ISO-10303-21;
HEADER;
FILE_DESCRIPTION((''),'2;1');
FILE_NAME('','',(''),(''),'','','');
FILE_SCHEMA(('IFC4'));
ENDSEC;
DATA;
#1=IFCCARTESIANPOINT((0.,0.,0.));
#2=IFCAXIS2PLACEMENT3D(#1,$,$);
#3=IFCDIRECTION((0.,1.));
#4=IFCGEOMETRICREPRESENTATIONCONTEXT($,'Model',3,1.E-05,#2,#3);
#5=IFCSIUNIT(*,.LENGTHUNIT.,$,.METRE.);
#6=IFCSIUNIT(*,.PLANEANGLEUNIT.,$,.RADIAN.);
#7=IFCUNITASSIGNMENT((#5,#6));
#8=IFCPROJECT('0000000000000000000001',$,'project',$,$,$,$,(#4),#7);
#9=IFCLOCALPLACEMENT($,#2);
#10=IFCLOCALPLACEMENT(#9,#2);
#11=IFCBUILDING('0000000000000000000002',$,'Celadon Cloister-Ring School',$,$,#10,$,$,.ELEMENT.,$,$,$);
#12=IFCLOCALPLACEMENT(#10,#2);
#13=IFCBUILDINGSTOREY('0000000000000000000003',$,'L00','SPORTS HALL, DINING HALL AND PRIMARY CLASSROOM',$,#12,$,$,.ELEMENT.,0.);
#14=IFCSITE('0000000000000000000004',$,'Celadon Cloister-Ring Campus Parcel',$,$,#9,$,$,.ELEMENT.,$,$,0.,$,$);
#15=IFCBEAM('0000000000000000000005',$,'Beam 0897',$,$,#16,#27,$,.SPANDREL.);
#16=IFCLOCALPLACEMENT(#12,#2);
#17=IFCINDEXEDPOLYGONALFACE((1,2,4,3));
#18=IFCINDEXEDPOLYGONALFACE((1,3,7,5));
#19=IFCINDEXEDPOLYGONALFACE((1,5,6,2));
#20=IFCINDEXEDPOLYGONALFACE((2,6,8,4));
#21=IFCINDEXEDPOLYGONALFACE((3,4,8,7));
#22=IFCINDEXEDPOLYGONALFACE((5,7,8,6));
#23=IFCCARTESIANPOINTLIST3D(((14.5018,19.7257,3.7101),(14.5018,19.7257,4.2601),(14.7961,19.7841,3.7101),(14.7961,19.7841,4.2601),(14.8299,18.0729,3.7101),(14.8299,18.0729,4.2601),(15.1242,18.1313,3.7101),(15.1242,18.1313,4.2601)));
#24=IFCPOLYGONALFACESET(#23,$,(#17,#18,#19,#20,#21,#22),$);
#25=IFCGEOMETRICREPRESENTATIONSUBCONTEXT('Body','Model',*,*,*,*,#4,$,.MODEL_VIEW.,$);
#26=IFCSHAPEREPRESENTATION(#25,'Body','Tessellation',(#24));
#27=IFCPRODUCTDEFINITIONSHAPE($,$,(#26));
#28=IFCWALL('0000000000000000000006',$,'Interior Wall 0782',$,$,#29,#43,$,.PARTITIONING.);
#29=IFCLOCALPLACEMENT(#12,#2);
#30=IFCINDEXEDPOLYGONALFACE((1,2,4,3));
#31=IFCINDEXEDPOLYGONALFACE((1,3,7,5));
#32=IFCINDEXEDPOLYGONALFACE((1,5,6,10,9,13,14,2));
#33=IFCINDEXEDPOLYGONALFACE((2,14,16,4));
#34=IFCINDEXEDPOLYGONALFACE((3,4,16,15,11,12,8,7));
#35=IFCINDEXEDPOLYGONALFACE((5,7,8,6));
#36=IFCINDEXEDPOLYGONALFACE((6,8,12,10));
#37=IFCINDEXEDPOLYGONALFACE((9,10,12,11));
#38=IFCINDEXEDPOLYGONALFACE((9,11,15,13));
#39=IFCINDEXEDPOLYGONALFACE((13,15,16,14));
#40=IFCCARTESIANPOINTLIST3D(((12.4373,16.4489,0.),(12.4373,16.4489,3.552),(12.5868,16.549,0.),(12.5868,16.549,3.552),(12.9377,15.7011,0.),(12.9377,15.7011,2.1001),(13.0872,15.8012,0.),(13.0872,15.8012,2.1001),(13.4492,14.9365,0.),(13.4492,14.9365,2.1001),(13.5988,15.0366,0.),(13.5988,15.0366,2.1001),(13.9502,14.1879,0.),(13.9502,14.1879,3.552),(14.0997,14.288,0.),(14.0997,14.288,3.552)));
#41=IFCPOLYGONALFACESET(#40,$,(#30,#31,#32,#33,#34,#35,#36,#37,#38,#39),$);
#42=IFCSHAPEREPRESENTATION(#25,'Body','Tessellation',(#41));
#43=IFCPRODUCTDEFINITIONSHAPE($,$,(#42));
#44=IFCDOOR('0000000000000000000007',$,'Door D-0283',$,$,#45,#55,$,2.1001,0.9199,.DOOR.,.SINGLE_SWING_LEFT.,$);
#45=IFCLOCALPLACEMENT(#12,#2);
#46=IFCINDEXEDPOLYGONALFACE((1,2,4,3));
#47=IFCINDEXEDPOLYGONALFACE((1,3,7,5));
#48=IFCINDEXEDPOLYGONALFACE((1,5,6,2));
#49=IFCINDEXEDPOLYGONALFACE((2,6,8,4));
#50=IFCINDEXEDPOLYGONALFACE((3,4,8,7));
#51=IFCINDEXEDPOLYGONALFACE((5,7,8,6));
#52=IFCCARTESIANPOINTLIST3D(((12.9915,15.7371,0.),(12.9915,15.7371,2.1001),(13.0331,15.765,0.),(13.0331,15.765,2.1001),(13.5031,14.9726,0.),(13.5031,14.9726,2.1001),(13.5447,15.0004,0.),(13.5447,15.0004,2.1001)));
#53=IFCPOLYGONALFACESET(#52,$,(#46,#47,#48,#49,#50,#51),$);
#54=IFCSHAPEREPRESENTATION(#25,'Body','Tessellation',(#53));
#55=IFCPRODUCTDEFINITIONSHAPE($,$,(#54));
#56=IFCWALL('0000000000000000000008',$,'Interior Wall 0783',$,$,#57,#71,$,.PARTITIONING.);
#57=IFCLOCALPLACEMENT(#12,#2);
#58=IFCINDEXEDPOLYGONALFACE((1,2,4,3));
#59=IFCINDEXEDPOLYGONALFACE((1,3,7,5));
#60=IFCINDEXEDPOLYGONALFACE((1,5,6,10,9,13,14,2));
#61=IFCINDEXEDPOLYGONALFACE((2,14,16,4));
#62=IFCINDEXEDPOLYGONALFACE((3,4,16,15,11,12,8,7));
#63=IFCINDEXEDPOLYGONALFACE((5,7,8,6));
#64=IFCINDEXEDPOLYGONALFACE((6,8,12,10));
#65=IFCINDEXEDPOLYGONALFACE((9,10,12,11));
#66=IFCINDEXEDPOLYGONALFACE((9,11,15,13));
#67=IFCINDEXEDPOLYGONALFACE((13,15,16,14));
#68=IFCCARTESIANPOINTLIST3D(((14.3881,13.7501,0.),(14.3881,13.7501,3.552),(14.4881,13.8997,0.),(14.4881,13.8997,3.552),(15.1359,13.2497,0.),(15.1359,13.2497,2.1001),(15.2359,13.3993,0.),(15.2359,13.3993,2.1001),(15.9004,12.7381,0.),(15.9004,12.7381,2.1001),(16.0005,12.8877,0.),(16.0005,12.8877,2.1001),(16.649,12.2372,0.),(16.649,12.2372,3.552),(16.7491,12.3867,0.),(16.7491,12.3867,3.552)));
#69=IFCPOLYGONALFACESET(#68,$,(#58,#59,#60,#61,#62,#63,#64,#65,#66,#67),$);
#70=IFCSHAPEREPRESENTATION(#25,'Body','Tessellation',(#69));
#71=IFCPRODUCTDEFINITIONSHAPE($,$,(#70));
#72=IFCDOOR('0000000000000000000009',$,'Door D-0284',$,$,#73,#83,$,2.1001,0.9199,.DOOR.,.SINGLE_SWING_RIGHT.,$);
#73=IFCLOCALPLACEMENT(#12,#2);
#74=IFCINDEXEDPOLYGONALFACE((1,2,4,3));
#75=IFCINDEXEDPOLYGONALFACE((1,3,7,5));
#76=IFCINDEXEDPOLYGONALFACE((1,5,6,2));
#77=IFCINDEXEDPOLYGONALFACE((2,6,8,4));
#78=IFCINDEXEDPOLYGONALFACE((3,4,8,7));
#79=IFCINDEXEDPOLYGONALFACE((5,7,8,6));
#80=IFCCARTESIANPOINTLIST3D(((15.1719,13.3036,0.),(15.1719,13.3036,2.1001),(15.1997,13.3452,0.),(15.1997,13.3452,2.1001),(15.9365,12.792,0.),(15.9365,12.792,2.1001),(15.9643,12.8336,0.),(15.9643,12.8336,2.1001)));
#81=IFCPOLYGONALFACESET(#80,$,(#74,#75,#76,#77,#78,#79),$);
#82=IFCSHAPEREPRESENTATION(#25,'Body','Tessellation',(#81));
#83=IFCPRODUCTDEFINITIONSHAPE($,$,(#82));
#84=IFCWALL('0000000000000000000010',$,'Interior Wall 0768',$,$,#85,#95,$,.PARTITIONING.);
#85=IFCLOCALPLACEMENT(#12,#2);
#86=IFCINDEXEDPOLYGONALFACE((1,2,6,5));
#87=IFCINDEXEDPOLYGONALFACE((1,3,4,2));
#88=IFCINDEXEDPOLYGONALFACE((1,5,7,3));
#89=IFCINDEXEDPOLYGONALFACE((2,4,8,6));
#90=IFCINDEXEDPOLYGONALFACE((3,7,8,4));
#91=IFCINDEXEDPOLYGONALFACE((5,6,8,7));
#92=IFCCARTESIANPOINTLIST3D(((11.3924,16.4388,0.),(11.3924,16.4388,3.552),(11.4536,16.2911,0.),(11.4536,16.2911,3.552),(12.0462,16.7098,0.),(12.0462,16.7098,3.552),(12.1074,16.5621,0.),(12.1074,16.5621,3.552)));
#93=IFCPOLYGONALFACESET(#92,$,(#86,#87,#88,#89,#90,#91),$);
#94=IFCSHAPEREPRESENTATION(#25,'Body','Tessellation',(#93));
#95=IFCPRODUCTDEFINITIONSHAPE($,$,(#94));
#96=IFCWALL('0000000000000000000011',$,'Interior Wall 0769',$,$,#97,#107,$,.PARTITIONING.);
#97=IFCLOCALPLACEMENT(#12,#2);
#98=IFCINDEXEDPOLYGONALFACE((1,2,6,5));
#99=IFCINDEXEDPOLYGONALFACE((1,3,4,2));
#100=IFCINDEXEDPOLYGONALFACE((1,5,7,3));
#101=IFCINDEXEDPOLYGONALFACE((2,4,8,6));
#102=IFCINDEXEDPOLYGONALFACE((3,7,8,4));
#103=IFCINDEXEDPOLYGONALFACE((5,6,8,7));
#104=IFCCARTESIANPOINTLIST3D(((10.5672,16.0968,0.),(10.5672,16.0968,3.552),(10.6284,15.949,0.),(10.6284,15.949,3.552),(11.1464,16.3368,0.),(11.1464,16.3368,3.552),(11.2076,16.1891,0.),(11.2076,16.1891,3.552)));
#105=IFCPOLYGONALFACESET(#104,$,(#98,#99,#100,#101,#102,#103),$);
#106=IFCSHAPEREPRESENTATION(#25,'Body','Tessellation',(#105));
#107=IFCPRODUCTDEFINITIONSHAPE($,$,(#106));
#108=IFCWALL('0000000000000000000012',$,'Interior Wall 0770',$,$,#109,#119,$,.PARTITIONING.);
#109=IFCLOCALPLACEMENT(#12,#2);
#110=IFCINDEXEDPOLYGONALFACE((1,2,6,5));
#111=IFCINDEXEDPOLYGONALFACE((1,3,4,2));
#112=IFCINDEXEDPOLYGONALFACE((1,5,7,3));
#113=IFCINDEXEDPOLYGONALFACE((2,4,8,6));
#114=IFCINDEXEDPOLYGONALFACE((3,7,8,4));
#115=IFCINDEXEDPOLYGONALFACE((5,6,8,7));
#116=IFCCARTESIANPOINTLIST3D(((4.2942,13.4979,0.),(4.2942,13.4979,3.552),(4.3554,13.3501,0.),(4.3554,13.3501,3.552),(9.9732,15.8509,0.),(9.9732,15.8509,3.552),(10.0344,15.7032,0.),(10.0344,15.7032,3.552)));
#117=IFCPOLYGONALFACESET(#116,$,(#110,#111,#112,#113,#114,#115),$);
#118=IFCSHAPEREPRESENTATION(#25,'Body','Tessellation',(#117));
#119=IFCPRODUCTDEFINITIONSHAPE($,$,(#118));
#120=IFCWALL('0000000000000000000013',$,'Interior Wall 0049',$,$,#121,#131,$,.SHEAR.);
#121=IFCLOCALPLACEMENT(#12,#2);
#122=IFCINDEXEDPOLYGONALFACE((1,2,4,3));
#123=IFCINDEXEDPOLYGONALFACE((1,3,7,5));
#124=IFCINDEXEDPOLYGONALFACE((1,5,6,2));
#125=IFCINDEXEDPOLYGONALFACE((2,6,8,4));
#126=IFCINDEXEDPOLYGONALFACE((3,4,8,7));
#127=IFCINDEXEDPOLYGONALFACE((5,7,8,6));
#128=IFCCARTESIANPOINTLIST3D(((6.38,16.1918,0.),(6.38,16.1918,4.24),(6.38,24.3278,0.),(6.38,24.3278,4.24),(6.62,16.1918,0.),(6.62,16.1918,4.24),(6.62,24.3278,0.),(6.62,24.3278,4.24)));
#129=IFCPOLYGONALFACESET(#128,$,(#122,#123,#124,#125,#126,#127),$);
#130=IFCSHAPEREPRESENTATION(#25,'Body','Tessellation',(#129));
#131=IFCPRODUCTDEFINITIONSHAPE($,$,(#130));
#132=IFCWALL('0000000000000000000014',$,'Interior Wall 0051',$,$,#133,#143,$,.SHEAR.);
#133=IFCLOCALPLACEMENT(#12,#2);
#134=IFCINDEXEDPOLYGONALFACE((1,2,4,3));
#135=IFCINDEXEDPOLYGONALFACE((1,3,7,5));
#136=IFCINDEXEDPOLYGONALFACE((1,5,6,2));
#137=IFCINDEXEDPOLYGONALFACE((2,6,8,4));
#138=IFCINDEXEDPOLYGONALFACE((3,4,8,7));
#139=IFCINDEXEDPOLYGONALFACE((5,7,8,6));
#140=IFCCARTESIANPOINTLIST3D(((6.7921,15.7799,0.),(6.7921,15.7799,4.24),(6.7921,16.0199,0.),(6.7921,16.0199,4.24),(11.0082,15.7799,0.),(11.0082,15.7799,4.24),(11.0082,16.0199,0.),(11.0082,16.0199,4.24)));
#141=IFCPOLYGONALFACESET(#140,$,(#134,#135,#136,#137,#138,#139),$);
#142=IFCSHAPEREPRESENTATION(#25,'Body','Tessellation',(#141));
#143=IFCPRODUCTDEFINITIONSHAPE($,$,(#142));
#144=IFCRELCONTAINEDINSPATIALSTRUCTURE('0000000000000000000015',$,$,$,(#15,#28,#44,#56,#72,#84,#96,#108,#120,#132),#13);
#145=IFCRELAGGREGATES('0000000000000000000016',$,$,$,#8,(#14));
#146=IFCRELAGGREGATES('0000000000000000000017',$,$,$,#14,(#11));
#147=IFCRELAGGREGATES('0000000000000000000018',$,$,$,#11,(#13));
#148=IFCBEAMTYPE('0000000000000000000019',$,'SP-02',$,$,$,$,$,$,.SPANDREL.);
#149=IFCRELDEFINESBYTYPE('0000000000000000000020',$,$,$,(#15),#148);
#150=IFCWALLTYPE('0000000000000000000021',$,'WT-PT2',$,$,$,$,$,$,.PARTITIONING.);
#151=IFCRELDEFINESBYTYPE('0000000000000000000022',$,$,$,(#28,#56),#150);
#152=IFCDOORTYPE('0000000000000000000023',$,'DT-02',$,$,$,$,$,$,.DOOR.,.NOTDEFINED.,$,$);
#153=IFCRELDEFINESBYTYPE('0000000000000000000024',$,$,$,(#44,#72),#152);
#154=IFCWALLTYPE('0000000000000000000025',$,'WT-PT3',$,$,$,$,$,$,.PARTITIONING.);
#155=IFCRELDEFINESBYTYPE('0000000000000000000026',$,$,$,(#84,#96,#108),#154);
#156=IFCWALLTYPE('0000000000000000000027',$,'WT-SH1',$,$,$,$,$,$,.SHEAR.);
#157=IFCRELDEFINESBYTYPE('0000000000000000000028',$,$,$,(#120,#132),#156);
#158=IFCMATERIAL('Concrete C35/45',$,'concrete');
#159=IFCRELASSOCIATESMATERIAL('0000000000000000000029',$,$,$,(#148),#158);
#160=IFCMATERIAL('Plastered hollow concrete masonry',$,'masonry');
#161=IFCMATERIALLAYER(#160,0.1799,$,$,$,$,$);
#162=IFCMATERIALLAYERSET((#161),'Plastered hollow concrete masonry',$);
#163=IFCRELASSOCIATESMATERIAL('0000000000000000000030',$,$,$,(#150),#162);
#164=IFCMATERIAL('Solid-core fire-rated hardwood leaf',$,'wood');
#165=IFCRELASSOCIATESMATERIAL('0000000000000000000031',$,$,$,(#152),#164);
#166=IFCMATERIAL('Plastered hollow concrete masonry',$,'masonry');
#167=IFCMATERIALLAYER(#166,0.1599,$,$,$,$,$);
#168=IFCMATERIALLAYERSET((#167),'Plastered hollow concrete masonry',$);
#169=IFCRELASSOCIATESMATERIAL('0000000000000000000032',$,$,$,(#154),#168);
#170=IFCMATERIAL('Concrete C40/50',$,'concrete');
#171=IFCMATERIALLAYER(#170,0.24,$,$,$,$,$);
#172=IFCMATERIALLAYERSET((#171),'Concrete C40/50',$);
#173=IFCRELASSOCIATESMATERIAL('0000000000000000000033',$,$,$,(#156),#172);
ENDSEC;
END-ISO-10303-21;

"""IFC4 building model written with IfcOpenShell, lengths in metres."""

from ifc_helpers import new_model, si_unit, direction, frame, frame_2d, origin, origin_2d, place, context, subcontext, project, spatial, rectangle, extrude, material, layer, layer_set, material_profile, profile_set, type_object, element, fill, save


model = new_model("IFC4")

# Units and contexts
model_context = context("Model", 3, precision=1e-05, world=origin(), true_north=direction((0.0, 1.0)))
body_context = subcontext(model_context, "Body", "Model", "MODEL_VIEW")
ifc_project = project(units=[si_unit("LENGTHUNIT", "METRE"), si_unit("PLANEANGLEUNIT", "RADIAN")], contexts=[model_context])

# Site, building, storey
site_placement = place(None, origin())
site = spatial("IfcSite", under=ifc_project, at=site_placement, Name="Celadon Cloister-Ring Campus Parcel", CompositionType="ELEMENT", RefElevation=0.0)
building_placement = place(site_placement, origin())
building = spatial("IfcBuilding", under=site, at=building_placement, Name="Celadon Cloister-Ring School", CompositionType="ELEMENT")
storey_placement = place(building_placement, origin())
storey = spatial("IfcBuildingStorey", under=building, at=storey_placement, Name="L00", Description="SPORTS HALL, DINING HALL AND PRIMARY CLASSROOM", CompositionType="ELEMENT", Elevation=0.0)

# Beam
ifc_material_1 = material(Name="Concrete C35/45", Category="concrete")
ifc_material_profile_1 = material_profile(ifc_material_1, rectangle(XDim=0.3, YDim=0.55, at=origin_2d()), Name="RC300X550")
ifc_profile_set_1 = profile_set([ifc_material_profile_1], Name="Concrete C35/45")
beam_type_1 = type_object("IfcBeamType", Name="SP-02", PredefinedType="SPANDREL", material=ifc_profile_set_1)
beam_1_placement = place(storey_placement, frame((14.6489, 19.7549, 3.9851), z_axis=(0.194723, -0.980858, 0.0), x_axis=(0.980858, 0.194723, 0.0)))
element("IfcBeam", 1, at=beam_1_placement, inside=storey, type_object=beam_type_1, Name="Beam 0897", PredefinedType="SPANDREL", context=body_context, shape_type="SweptSolid", body=[
    extrude(rectangle(XDim=0.3, YDim=0.55, at=origin_2d()), origin(), (0.0, 0.0, 1.0), 1.6851),
])

# Walls, openings, doors
ifc_material_2 = material(Name="Plastered hollow concrete masonry", Category="masonry")
ifc_layer_1 = layer(ifc_material_2, 0.1799)
ifc_layer_set_1 = layer_set([ifc_layer_1], Name="Plastered hollow concrete masonry")
wall_type_1 = type_object("IfcWallType", Name="WT-PT2", PredefinedType="PARTITIONING", material=ifc_layer_set_1)
wall_1_placement = place(storey_placement, frame((12.512, 16.499, 0.0), z_axis=(0.0, 0.0, 1.0), x_axis=(0.556128, -0.831096, 0.0)))
wall_1 = element("IfcWall", 2, at=wall_1_placement, inside=storey, type_object=wall_type_1, Name="Interior Wall 0782", PredefinedType="PARTITIONING", context=body_context, shape_type="SweptSolid", body=[
    extrude(rectangle(XDim=2.7205, YDim=0.1799, at=frame_2d((1.3604, 0.0))), origin(), (0.0, 0.0, 1.0), 3.552),
])
opening_1_placement = place(wall_1_placement, frame((0.8999, 0.0, 0.0)))
opening_1 = element("IfcOpeningElement", 3, at=opening_1_placement, cuts=wall_1, PredefinedType="OPENING", context=body_context, shape_type="SweptSolid", body=[
    extrude(rectangle(XDim=0.9199, YDim=2.1001, at=frame_2d((0.46, 1.05))), frame((0.0, 0.1001, 0.0), z_axis=(0.0, -1.0, 0.0), x_axis=(1.0, 0.0, 0.0)), (0.0, 0.0, 1.0), 0.2),
])
ifc_material_3 = material(Name="Solid-core fire-rated hardwood leaf", Category="wood")
door_type = type_object("IfcDoorType", Name="DT-02", OperationType="NOTDEFINED", PredefinedType="DOOR", material=ifc_material_3)
door_1_placement = place(opening_1_placement, origin())
door_1 = element("IfcDoor", 4, at=door_1_placement, inside=storey, type_object=door_type, Name="Door D-0283", OperationType="SINGLE_SWING_LEFT", OverallHeight=2.1001, OverallWidth=0.9199, PredefinedType="DOOR", context=body_context, shape_type="SweptSolid", body=[
    extrude(rectangle(XDim=0.9199, YDim=2.1001, at=frame_2d((0.46, 1.05))), frame((0.0, 0.0249, 0.0), z_axis=(0.0, -1.0, 0.0), x_axis=(1.0, 0.0, 0.0)), (0.0, 0.0, 1.0), 0.05),
])
fill(opening_1, door_1)
wall_2_placement = place(storey_placement, frame((14.438, 13.825, 0.0), z_axis=(0.0, 0.0, 1.0), x_axis=(0.831096, -0.556128, 0.0)))
wall_2 = element("IfcWall", 5, at=wall_2_placement, inside=storey, type_object=wall_type_1, Name="Interior Wall 0783", PredefinedType="PARTITIONING", context=body_context, shape_type="SweptSolid", body=[
    extrude(rectangle(XDim=2.7205, YDim=0.1799, at=frame_2d((1.3604, 0.0))), origin(), (0.0, 0.0, 1.0), 3.552),
])
opening_2_placement = place(wall_2_placement, frame((0.8999, 0.0, 0.0)))
opening_2 = element("IfcOpeningElement", 6, at=opening_2_placement, cuts=wall_2, PredefinedType="OPENING", context=body_context, shape_type="SweptSolid", body=[
    extrude(rectangle(XDim=0.9199, YDim=2.1001, at=frame_2d((0.46, 1.05))), frame((0.0, 0.1001, 0.0), z_axis=(0.0, -1.0, 0.0), x_axis=(1.0, 0.0, 0.0)), (0.0, 0.0, 1.0), 0.2),
])
door_2_placement = place(opening_2_placement, origin())
door_2 = element("IfcDoor", 7, at=door_2_placement, inside=storey, type_object=door_type, Name="Door D-0284", OperationType="SINGLE_SWING_RIGHT", OverallHeight=2.1001, OverallWidth=0.9199, PredefinedType="DOOR", context=body_context, shape_type="SweptSolid", body=[
    extrude(rectangle(XDim=0.9199, YDim=2.1001, at=frame_2d((0.46, 1.05))), frame((0.0, 0.0249, 0.0), z_axis=(0.0, -1.0, 0.0), x_axis=(1.0, 0.0, 0.0)), (0.0, 0.0, 1.0), 0.05),
])
fill(opening_2, door_2)

# Walls
ifc_material_4 = material(Name="Plastered hollow concrete masonry", Category="masonry")
ifc_layer_2 = layer(ifc_material_4, 0.1599)
ifc_layer_set_2 = layer_set([ifc_layer_2], Name="Plastered hollow concrete masonry")
wall_type_2 = type_object("IfcWallType", Name="WT-PT3", PredefinedType="PARTITIONING", material=ifc_layer_set_2)
wall_3_placement = place(storey_placement, frame((12.0769, 16.636, 0.0), z_axis=(0.0, 0.0, 1.0), x_axis=(-0.92379, -0.3829, 0.0)))
element("IfcWall", 8, at=wall_3_placement, inside=storey, type_object=wall_type_2, Name="Interior Wall 0768", PredefinedType="PARTITIONING", context=body_context, shape_type="SweptSolid", body=[
    extrude(rectangle(XDim=0.7078, YDim=0.1599, at=frame_2d((0.354, 0.0))), origin(), (0.0, 0.0, 1.0), 3.552),
])
wall_4_placement = place(storey_placement, frame((11.177, 16.2629, 0.0), z_axis=(0.0, 0.0, 1.0), x_axis=(-0.923813, -0.382845, 0.0)))
element("IfcWall", 9, at=wall_4_placement, inside=storey, type_object=wall_type_2, Name="Interior Wall 0769", PredefinedType="PARTITIONING", context=body_context, shape_type="SweptSolid", body=[
    extrude(rectangle(XDim=0.627, YDim=0.1599, at=frame_2d((0.3135, 0.0))), origin(), (0.0, 0.0, 1.0), 3.552),
])
wall_5_placement = place(storey_placement, frame((10.0039, 15.7771, 0.0), z_axis=(0.0, 0.0, 1.0), x_axis=(-0.923838, -0.382784, 0.0)))
element("IfcWall", 10, at=wall_5_placement, inside=storey, type_object=wall_type_2, Name="Interior Wall 0770", PredefinedType="PARTITIONING", context=body_context, shape_type="SweptSolid", body=[
    extrude(rectangle(XDim=6.1472, YDim=0.1599, at=frame_2d((3.0737, 0.0))), origin(), (0.0, 0.0, 1.0), 3.552),
])
ifc_material_5 = material(Name="Concrete C40/50", Category="concrete")
ifc_layer_3 = layer(ifc_material_5, 0.24)
ifc_layer_set_3 = layer_set([ifc_layer_3], Name="Concrete C40/50")
wall_type_3 = type_object("IfcWallType", Name="WT-SH1", PredefinedType="SHEAR", material=ifc_layer_set_3)
wall_6_placement = place(storey_placement, frame((6.5, 16.1919, 0.0), z_axis=(0.0, 0.0, 1.0), x_axis=(0.0, 1.0, 0.0)))
element("IfcWall", 11, at=wall_6_placement, inside=storey, type_object=wall_type_3, Name="Interior Wall 0049", PredefinedType="SHEAR", context=body_context, shape_type="SweptSolid", body=[
    extrude(rectangle(XDim=8.136, YDim=0.24, at=frame_2d((4.0679, 0.0))), origin(), (0.0, 0.0, 1.0), 4.24),
])
wall_7_placement = place(storey_placement, frame((11.0081, 15.8999, 0.0), z_axis=(0.0, 0.0, 1.0), x_axis=(-1.0, 0.0, 0.0)))
element("IfcWall", 12, at=wall_7_placement, inside=storey, type_object=wall_type_3, Name="Interior Wall 0051", PredefinedType="SHEAR", context=body_context, shape_type="SweptSolid", body=[
    extrude(rectangle(XDim=4.2161, YDim=0.24, at=frame_2d((2.1079, 0.0))), origin(), (0.0, 0.0, 1.0), 4.24),
])

save(model, "model.ifc")
